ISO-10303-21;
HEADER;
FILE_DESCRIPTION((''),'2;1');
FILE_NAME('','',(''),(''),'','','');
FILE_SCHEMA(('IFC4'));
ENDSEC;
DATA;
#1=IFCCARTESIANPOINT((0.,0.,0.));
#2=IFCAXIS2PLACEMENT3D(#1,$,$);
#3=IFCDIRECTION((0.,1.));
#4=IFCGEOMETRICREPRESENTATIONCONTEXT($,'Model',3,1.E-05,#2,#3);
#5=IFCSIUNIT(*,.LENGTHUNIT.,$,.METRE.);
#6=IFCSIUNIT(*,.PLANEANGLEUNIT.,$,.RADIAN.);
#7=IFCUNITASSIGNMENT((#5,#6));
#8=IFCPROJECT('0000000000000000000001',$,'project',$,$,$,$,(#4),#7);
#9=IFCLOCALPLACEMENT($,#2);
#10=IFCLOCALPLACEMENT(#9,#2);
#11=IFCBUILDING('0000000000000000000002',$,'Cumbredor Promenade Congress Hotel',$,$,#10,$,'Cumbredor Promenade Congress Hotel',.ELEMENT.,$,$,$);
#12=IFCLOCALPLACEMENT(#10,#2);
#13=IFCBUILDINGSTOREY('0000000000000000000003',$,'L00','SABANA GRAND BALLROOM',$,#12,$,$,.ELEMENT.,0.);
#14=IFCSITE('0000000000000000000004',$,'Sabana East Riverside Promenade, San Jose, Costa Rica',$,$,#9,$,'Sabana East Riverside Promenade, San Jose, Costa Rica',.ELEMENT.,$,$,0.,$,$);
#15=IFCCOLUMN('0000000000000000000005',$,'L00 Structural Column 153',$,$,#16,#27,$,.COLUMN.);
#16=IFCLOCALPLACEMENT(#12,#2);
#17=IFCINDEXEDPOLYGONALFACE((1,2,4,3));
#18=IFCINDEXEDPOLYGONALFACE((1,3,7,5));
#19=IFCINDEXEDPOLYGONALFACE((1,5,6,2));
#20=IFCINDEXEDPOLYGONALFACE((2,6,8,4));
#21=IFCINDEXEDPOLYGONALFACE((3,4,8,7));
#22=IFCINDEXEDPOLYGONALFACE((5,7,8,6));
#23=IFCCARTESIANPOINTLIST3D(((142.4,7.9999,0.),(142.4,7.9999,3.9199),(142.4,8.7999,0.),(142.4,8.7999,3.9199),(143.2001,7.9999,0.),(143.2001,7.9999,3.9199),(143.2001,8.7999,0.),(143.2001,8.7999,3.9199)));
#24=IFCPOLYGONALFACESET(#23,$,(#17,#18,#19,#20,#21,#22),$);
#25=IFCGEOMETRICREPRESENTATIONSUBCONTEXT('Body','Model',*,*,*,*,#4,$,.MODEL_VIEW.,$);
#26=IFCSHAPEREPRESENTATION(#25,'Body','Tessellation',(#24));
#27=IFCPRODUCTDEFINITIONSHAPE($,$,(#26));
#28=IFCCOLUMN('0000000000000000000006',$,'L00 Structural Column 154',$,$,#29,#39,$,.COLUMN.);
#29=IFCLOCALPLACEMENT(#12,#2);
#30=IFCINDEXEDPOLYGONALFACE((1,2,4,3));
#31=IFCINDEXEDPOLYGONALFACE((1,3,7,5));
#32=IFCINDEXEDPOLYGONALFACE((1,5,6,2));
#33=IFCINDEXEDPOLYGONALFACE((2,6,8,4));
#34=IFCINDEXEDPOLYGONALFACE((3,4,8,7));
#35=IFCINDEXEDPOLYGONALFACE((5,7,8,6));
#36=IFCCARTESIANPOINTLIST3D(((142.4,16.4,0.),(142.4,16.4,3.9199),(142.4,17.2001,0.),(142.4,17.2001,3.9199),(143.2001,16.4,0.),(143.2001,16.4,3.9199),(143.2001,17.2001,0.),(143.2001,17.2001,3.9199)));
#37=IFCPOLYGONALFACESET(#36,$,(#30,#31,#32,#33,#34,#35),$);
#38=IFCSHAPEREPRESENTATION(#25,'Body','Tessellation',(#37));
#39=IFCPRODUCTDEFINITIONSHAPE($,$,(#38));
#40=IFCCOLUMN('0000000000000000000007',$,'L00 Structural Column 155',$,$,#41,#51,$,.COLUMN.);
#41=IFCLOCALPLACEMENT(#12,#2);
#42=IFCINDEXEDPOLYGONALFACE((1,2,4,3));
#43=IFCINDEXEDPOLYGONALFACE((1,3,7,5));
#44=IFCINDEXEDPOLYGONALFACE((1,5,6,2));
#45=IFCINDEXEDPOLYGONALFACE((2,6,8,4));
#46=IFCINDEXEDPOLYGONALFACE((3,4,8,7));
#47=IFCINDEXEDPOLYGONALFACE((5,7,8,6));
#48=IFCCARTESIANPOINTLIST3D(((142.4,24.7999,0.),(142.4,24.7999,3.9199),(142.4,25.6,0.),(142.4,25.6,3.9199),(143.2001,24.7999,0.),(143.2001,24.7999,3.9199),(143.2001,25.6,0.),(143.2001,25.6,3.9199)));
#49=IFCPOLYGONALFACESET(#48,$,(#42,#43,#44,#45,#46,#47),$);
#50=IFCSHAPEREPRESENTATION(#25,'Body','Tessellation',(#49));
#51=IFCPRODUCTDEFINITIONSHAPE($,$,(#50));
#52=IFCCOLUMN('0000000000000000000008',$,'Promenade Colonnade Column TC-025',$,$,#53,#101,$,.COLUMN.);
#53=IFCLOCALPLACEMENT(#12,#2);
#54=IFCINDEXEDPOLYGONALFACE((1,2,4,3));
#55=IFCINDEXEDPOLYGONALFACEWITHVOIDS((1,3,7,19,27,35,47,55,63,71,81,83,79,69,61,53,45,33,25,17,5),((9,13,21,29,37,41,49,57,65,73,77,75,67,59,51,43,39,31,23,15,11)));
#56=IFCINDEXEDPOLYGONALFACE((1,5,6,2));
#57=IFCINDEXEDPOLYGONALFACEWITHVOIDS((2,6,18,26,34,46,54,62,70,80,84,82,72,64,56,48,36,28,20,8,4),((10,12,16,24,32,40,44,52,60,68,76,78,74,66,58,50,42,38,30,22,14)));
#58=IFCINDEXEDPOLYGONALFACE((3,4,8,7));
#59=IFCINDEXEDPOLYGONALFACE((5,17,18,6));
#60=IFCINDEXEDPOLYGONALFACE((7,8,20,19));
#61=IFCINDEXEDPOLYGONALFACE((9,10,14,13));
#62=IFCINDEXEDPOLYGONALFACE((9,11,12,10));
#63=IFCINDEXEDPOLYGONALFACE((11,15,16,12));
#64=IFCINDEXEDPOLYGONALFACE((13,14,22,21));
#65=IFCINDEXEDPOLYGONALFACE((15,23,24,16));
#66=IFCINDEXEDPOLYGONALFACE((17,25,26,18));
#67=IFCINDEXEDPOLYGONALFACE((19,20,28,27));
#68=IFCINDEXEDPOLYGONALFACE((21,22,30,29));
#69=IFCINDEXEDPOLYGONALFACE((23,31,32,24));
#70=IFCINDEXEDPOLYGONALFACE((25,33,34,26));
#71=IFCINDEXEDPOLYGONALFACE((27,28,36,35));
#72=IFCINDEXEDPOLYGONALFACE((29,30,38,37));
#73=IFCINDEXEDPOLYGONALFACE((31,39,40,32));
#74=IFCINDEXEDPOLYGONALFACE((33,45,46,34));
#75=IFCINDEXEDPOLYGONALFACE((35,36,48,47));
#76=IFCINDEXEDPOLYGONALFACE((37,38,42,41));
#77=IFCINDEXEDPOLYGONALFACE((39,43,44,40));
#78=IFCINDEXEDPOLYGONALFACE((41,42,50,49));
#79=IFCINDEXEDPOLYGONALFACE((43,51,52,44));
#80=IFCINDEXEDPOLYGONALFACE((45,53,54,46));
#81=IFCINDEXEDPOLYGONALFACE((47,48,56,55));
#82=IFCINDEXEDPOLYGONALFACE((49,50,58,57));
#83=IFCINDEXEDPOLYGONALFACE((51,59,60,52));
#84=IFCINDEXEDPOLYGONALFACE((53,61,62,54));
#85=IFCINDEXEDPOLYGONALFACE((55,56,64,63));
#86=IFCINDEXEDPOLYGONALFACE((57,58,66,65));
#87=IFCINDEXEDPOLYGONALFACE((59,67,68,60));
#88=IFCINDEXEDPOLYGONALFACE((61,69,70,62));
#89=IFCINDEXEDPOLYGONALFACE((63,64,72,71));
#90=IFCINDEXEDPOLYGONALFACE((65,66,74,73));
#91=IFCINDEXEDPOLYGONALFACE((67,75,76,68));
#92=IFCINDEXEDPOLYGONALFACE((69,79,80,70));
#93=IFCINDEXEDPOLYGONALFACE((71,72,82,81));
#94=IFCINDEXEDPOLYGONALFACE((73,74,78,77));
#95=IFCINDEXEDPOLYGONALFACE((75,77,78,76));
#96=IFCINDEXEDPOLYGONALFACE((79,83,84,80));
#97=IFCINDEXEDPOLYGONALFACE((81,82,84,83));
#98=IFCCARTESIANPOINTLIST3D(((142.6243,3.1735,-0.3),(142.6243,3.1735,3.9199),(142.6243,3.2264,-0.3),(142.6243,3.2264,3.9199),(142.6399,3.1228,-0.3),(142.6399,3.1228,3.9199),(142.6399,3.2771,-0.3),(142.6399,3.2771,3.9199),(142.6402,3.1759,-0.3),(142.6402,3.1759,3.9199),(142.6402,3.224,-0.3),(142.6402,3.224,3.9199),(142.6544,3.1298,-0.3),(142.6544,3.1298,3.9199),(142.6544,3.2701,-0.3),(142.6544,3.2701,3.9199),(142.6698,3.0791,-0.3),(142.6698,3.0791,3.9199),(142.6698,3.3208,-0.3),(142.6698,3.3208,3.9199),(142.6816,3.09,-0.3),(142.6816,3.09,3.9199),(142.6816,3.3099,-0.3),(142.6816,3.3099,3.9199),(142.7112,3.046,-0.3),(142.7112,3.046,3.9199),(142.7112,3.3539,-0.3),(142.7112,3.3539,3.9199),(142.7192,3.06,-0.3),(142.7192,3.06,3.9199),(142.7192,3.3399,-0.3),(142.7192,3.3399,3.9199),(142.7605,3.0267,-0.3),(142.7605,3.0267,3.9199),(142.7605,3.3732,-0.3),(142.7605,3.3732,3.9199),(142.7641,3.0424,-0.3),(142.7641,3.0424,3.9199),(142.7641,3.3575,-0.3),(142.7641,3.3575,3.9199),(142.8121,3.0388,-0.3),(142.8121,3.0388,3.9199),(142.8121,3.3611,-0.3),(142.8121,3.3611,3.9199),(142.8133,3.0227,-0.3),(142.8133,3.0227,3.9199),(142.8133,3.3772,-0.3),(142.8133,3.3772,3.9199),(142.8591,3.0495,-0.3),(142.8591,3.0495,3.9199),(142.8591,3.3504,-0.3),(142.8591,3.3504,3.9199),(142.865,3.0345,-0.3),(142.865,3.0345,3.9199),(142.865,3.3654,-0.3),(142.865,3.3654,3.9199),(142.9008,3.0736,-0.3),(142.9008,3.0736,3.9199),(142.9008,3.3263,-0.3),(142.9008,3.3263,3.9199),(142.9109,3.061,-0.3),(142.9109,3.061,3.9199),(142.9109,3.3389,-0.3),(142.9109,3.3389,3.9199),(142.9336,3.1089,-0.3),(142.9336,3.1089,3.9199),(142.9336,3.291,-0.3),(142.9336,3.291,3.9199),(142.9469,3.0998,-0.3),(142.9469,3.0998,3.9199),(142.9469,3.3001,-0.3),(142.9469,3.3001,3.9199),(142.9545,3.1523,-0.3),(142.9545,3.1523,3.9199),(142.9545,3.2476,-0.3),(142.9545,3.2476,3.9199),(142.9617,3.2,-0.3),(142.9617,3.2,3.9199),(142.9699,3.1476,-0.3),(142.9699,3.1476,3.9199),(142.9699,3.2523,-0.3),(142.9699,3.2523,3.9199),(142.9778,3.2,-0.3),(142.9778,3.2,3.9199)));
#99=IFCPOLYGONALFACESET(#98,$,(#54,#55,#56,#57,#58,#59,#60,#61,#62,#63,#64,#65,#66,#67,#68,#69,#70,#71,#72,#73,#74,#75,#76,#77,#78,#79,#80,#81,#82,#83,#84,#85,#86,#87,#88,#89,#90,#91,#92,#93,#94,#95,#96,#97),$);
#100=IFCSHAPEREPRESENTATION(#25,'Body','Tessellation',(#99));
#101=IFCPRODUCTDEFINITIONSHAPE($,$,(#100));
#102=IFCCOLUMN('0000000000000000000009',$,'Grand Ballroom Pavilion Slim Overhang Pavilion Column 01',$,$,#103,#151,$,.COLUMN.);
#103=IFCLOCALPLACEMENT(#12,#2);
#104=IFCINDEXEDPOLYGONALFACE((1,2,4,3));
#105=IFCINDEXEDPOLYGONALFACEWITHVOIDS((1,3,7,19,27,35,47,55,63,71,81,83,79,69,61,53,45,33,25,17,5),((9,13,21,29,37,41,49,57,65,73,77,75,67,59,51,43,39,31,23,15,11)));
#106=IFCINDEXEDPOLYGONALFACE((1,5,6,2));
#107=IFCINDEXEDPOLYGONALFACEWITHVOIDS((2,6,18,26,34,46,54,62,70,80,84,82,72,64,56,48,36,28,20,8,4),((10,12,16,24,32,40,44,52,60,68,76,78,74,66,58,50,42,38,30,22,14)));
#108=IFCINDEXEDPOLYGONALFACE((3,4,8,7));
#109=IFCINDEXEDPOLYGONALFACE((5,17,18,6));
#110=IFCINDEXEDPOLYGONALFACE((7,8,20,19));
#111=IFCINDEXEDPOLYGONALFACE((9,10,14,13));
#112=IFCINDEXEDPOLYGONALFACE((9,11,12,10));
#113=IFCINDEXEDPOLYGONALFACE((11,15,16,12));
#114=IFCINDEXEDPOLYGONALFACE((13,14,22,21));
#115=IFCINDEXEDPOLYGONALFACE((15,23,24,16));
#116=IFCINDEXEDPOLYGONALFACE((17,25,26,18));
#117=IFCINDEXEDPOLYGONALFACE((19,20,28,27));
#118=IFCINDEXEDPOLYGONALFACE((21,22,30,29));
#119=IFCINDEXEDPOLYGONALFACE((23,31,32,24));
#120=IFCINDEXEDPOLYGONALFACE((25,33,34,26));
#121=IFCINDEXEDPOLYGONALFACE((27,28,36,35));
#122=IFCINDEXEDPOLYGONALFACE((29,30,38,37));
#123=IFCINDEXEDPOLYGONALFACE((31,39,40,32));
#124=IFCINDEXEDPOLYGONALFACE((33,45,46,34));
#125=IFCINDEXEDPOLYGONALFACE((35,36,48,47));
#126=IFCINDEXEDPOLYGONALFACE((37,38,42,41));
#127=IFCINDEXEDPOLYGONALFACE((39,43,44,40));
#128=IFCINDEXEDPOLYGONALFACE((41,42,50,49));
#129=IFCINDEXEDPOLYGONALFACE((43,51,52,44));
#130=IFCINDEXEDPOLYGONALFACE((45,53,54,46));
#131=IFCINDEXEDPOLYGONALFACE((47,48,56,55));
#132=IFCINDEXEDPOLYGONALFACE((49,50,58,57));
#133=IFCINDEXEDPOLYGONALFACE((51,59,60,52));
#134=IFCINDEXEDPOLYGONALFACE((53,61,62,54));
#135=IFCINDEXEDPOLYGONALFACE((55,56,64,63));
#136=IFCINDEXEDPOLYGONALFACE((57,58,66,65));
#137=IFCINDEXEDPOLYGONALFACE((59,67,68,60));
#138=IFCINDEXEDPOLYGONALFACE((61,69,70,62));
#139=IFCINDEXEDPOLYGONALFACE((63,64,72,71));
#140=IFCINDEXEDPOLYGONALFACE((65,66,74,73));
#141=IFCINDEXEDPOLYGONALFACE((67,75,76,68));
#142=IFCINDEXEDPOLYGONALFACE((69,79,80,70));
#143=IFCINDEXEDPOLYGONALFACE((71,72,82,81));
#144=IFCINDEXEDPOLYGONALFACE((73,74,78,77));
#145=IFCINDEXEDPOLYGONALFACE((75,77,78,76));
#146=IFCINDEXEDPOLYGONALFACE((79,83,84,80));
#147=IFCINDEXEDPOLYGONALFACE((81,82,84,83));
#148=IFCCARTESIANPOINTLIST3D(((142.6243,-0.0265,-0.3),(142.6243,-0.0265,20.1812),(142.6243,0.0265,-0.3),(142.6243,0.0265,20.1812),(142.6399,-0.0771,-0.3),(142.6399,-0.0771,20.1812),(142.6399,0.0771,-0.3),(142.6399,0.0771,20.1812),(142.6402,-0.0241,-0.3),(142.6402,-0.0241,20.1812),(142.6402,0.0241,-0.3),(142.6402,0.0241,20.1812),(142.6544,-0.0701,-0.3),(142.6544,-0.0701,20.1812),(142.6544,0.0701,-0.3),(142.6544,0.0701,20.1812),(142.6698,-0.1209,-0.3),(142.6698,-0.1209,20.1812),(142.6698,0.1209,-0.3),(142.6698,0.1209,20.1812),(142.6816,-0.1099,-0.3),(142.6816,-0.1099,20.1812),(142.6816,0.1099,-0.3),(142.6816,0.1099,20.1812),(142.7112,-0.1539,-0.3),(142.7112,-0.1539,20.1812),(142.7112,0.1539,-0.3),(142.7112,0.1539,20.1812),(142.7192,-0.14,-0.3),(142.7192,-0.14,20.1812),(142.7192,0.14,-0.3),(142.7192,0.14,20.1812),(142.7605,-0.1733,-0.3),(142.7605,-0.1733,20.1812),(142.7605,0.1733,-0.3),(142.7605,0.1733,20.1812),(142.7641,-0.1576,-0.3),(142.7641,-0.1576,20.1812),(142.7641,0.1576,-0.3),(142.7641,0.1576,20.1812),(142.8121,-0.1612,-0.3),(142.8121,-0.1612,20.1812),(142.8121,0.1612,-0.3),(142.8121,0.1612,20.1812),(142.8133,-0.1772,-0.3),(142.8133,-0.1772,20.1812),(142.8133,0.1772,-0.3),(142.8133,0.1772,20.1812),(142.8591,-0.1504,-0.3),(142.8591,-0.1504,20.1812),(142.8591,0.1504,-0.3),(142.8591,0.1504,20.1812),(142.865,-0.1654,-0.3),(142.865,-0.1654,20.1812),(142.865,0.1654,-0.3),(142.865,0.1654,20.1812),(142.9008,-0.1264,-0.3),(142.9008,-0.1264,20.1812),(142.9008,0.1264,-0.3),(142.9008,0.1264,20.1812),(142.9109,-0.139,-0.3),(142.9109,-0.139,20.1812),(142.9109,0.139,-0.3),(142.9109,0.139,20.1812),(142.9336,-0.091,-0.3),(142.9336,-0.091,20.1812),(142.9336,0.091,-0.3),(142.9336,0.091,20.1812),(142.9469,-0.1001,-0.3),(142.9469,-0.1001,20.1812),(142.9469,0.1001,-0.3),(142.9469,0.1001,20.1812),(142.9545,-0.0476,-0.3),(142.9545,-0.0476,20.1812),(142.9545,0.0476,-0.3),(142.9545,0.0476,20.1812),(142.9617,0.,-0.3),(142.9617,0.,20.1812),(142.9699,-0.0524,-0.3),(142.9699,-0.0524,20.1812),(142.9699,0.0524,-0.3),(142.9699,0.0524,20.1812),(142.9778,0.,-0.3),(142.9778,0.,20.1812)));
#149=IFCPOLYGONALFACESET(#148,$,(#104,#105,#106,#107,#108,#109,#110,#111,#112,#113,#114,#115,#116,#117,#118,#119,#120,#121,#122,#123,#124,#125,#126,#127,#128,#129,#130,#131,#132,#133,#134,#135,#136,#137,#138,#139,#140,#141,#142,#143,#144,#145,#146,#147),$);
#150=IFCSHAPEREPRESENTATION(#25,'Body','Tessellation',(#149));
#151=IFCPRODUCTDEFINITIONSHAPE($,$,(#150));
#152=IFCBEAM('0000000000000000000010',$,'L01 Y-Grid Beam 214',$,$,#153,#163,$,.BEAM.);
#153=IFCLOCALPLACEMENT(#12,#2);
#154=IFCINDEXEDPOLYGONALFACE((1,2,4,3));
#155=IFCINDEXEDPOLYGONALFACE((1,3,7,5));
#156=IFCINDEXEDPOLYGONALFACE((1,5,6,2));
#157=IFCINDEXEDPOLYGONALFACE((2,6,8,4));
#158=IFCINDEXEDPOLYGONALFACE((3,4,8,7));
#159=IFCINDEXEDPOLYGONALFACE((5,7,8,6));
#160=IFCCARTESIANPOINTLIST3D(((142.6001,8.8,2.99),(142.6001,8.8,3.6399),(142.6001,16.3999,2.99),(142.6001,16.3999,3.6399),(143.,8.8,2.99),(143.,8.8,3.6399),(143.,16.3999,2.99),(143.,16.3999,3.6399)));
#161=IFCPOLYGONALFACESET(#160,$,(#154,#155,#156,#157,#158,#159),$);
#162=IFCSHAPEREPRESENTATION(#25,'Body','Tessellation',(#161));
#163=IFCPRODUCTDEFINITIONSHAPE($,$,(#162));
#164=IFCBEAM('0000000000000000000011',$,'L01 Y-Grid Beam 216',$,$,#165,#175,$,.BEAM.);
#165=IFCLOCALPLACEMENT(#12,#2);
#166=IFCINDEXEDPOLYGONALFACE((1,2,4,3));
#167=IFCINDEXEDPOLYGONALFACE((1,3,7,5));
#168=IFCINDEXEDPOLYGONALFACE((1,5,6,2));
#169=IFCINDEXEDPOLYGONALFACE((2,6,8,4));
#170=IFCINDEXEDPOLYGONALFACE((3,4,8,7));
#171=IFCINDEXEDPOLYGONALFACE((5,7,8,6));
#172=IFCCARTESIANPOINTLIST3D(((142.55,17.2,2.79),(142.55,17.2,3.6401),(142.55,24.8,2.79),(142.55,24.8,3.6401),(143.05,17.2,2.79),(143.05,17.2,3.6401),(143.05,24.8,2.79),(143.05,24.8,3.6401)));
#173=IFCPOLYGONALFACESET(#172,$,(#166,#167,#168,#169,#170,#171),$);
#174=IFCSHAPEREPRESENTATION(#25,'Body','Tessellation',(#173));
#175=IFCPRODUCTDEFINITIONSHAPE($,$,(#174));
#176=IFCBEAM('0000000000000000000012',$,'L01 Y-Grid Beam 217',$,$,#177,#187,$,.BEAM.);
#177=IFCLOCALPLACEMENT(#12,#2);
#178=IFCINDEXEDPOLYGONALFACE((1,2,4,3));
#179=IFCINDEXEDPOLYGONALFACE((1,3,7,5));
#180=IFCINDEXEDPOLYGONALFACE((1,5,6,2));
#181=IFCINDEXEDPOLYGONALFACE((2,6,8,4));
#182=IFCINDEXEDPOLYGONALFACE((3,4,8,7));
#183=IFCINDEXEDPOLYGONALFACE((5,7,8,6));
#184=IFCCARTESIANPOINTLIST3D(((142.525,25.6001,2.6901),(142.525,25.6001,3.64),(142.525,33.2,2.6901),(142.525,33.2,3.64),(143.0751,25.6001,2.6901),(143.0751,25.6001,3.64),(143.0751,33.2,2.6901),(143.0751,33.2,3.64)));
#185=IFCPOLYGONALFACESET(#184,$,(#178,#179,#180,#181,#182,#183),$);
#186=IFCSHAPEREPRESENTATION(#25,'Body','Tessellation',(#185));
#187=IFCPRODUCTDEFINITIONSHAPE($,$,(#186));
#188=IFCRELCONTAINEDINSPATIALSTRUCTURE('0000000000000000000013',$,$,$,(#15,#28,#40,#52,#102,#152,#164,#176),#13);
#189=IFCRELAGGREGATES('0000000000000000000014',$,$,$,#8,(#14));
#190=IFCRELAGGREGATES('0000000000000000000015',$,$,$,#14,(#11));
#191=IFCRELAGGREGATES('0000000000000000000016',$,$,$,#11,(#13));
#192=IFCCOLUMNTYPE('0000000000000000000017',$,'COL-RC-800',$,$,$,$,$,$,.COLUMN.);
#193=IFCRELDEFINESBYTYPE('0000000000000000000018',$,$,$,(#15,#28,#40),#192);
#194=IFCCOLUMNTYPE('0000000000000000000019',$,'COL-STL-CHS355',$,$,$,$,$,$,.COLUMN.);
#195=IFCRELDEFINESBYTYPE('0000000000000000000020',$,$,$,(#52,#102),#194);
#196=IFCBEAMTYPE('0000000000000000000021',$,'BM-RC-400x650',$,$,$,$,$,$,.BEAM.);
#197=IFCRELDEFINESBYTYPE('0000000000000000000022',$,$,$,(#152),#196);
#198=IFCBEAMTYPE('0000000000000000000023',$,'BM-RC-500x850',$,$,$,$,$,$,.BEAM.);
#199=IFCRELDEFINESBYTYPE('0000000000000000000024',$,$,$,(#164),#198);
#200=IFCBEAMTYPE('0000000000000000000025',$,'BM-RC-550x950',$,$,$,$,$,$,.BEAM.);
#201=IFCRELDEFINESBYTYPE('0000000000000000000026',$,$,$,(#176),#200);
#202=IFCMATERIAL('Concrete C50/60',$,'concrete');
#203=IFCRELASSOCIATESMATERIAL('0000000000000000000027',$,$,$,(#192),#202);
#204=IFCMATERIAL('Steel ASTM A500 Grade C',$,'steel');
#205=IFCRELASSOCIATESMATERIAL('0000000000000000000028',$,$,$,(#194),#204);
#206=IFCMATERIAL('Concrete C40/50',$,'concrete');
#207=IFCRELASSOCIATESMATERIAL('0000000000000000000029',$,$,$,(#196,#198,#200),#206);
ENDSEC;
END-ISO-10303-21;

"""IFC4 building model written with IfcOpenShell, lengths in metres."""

from ifc_helpers import new_model, si_unit, direction, frame, origin, origin_2d, place, context, subcontext, project, spatial, rectangle, hollow_circle, extrude, material, material_profile, profile_set, type_object, element, save


model = new_model("IFC4")

# Units and contexts
model_context = context("Model", 3, precision=1e-05, world=origin(), true_north=direction((0.0, 1.0)))
body_context = subcontext(model_context, "Body", "Model", "MODEL_VIEW")
ifc_project = project(units=[si_unit("LENGTHUNIT", "METRE"), si_unit("PLANEANGLEUNIT", "RADIAN")], contexts=[model_context])

# Site, building, storey
site_placement = place(None, origin())
site = spatial("IfcSite", under=ifc_project, at=site_placement, Name="Sabana East Riverside Promenade, San Jose, Costa Rica", LongName="Sabana East Riverside Promenade, San Jose, Costa Rica", CompositionType="ELEMENT", RefElevation=0.0)
building_placement = place(site_placement, origin())
building = spatial("IfcBuilding", under=site, at=building_placement, Name="Cumbredor Promenade Congress Hotel", LongName="Cumbredor Promenade Congress Hotel", CompositionType="ELEMENT")
storey_placement = place(building_placement, origin())
storey = spatial("IfcBuildingStorey", under=building, at=storey_placement, Name="L00", Description="SABANA GRAND BALLROOM", CompositionType="ELEMENT", Elevation=0.0)

# Columns
ifc_material_1 = material(Name="Concrete C50/60", Category="concrete")
ifc_material_profile_1 = material_profile(ifc_material_1, rectangle(XDim=0.8, YDim=0.8, at=origin_2d()), Name="RC 800x800")
ifc_profile_set_1 = profile_set([ifc_material_profile_1], Name="Concrete C50/60")
column_type_1 = type_object("IfcColumnType", Name="COL-RC-800", PredefinedType="COLUMN", material=ifc_profile_set_1)
for number, where, z_axis, x_axis, name in (
    (1, (142.8, 8.3999, 0.0), (0.0, 0.0, 1.0), (1.0, 0.0, 0.0), "L00 Structural Column 153"),
    (2, (142.8, 16.8, 0.0), (0.0, 0.0, 1.0), (1.0, 0.0, 0.0), "L00 Structural Column 154"),
    (3, (142.8, 25.2, 0.0), (0.0, 0.0, 1.0), (1.0, 0.0, 0.0), "L00 Structural Column 155"),
):
    element("IfcColumn", number, at=place(storey_placement, frame(where, z_axis=z_axis, x_axis=x_axis)), inside=storey, type_object=column_type_1, Name=name, PredefinedType="COLUMN", context=body_context, shape_type="SweptSolid", body=[
        extrude(rectangle(XDim=0.8, YDim=0.8, at=origin_2d()), origin(), (0.0, 0.0, 1.0), 3.9199),
    ])
ifc_material_2 = material(Name="Steel ASTM A500 Grade C", Category="steel")
ifc_material_profile_2 = material_profile(ifc_material_2, hollow_circle(Radius=0.1777, WallThickness=0.0161, at=origin_2d()), Name="CHS 355.6x16")
ifc_profile_set_2 = profile_set([ifc_material_profile_2], Name="Steel ASTM A500 Grade C")
column_type_2 = type_object("IfcColumnType", Name="COL-STL-CHS355", PredefinedType="COLUMN", material=ifc_profile_set_2)
column_1_placement = place(storey_placement, frame((142.8, 3.2, -0.3), z_axis=(0.0, 0.0, 1.0), x_axis=(1.0, 0.0, 0.0)))
element("IfcColumn", 4, at=column_1_placement, inside=storey, type_object=column_type_2, Name="Promenade Colonnade Column TC-025", PredefinedType="COLUMN", context=body_context, shape_type="SweptSolid", body=[
    extrude(hollow_circle(Radius=0.1777, WallThickness=0.0161, at=origin_2d()), origin(), (0.0, 0.0, 1.0), 4.22),
])
column_2_placement = place(storey_placement, frame((142.8, 0.0, -0.3), z_axis=(0.0, 0.0, 1.0), x_axis=(1.0, 0.0, 0.0)))
element("IfcColumn", 5, at=column_2_placement, inside=storey, type_object=column_type_2, Name="Grand Ballroom Pavilion Slim Overhang Pavilion Column 01", PredefinedType="COLUMN", context=body_context, shape_type="SweptSolid", body=[
    extrude(hollow_circle(Radius=0.1777, WallThickness=0.0161, at=origin_2d()), origin(), (0.0, 0.0, 1.0), 20.4812),
])

# Beams
ifc_material_3 = material(Name="Concrete C40/50", Category="concrete")
ifc_material_profile_3 = material_profile(ifc_material_3, rectangle(XDim=0.3999, YDim=0.6499, at=origin_2d()), Name="RC BEAM 400x650")
ifc_profile_set_3 = profile_set([ifc_material_profile_3], Name="Concrete C40/50")
beam_type_1 = type_object("IfcBeamType", Name="BM-RC-400x650", PredefinedType="BEAM", material=ifc_profile_set_3)
beam_1_placement = place(storey_placement, frame((142.8, 8.8, 3.3149), z_axis=(0.0, 1.0, 0.0), x_axis=(-1.0, 0.0, 0.0)))
element("IfcBeam", 6, at=beam_1_placement, inside=storey, type_object=beam_type_1, Name="L01 Y-Grid Beam 214", PredefinedType="BEAM", context=body_context, shape_type="SweptSolid", body=[
    extrude(rectangle(XDim=0.3999, YDim=0.6499, at=origin_2d()), origin(), (0.0, 0.0, 1.0), 7.5999),
])
ifc_material_profile_4 = material_profile(ifc_material_3, rectangle(XDim=0.5, YDim=0.8501, at=origin_2d()), Name="RC BEAM 500x850")
ifc_profile_set_4 = profile_set([ifc_material_profile_4], Name="Concrete C40/50")
beam_type_2 = type_object("IfcBeamType", Name="BM-RC-500x850", PredefinedType="BEAM", material=ifc_profile_set_4)
beam_2_placement = place(storey_placement, frame((142.8, 17.2, 3.2151), z_axis=(0.0, 1.0, 0.0), x_axis=(-1.0, 0.0, 0.0)))
element("IfcBeam", 7, at=beam_2_placement, inside=storey, type_object=beam_type_2, Name="L01 Y-Grid Beam 216", PredefinedType="BEAM", context=body_context, shape_type="SweptSolid", body=[
    extrude(rectangle(XDim=0.5, YDim=0.8501, at=origin_2d()), origin(), (0.0, 0.0, 1.0), 7.6001),
])
ifc_material_profile_5 = material_profile(ifc_material_3, rectangle(XDim=0.55, YDim=0.95, at=origin_2d()), Name="RC BEAM 550x950")
ifc_profile_set_5 = profile_set([ifc_material_profile_5], Name="Concrete C40/50")
beam_type_3 = type_object("IfcBeamType", Name="BM-RC-550x950", PredefinedType="BEAM", material=ifc_profile_set_5)
beam_3_placement = place(storey_placement, frame((142.8, 25.6001, 3.165), z_axis=(0.0, 1.0, 0.0), x_axis=(-1.0, 0.0, 0.0)))
element("IfcBeam", 8, at=beam_3_placement, inside=storey, type_object=beam_type_3, Name="L01 Y-Grid Beam 217", PredefinedType="BEAM", context=body_context, shape_type="SweptSolid", body=[
    extrude(rectangle(XDim=0.55, YDim=0.95, at=origin_2d()), origin(), (0.0, 0.0, 1.0), 7.5999),
])

save(model, "model.ifc")
